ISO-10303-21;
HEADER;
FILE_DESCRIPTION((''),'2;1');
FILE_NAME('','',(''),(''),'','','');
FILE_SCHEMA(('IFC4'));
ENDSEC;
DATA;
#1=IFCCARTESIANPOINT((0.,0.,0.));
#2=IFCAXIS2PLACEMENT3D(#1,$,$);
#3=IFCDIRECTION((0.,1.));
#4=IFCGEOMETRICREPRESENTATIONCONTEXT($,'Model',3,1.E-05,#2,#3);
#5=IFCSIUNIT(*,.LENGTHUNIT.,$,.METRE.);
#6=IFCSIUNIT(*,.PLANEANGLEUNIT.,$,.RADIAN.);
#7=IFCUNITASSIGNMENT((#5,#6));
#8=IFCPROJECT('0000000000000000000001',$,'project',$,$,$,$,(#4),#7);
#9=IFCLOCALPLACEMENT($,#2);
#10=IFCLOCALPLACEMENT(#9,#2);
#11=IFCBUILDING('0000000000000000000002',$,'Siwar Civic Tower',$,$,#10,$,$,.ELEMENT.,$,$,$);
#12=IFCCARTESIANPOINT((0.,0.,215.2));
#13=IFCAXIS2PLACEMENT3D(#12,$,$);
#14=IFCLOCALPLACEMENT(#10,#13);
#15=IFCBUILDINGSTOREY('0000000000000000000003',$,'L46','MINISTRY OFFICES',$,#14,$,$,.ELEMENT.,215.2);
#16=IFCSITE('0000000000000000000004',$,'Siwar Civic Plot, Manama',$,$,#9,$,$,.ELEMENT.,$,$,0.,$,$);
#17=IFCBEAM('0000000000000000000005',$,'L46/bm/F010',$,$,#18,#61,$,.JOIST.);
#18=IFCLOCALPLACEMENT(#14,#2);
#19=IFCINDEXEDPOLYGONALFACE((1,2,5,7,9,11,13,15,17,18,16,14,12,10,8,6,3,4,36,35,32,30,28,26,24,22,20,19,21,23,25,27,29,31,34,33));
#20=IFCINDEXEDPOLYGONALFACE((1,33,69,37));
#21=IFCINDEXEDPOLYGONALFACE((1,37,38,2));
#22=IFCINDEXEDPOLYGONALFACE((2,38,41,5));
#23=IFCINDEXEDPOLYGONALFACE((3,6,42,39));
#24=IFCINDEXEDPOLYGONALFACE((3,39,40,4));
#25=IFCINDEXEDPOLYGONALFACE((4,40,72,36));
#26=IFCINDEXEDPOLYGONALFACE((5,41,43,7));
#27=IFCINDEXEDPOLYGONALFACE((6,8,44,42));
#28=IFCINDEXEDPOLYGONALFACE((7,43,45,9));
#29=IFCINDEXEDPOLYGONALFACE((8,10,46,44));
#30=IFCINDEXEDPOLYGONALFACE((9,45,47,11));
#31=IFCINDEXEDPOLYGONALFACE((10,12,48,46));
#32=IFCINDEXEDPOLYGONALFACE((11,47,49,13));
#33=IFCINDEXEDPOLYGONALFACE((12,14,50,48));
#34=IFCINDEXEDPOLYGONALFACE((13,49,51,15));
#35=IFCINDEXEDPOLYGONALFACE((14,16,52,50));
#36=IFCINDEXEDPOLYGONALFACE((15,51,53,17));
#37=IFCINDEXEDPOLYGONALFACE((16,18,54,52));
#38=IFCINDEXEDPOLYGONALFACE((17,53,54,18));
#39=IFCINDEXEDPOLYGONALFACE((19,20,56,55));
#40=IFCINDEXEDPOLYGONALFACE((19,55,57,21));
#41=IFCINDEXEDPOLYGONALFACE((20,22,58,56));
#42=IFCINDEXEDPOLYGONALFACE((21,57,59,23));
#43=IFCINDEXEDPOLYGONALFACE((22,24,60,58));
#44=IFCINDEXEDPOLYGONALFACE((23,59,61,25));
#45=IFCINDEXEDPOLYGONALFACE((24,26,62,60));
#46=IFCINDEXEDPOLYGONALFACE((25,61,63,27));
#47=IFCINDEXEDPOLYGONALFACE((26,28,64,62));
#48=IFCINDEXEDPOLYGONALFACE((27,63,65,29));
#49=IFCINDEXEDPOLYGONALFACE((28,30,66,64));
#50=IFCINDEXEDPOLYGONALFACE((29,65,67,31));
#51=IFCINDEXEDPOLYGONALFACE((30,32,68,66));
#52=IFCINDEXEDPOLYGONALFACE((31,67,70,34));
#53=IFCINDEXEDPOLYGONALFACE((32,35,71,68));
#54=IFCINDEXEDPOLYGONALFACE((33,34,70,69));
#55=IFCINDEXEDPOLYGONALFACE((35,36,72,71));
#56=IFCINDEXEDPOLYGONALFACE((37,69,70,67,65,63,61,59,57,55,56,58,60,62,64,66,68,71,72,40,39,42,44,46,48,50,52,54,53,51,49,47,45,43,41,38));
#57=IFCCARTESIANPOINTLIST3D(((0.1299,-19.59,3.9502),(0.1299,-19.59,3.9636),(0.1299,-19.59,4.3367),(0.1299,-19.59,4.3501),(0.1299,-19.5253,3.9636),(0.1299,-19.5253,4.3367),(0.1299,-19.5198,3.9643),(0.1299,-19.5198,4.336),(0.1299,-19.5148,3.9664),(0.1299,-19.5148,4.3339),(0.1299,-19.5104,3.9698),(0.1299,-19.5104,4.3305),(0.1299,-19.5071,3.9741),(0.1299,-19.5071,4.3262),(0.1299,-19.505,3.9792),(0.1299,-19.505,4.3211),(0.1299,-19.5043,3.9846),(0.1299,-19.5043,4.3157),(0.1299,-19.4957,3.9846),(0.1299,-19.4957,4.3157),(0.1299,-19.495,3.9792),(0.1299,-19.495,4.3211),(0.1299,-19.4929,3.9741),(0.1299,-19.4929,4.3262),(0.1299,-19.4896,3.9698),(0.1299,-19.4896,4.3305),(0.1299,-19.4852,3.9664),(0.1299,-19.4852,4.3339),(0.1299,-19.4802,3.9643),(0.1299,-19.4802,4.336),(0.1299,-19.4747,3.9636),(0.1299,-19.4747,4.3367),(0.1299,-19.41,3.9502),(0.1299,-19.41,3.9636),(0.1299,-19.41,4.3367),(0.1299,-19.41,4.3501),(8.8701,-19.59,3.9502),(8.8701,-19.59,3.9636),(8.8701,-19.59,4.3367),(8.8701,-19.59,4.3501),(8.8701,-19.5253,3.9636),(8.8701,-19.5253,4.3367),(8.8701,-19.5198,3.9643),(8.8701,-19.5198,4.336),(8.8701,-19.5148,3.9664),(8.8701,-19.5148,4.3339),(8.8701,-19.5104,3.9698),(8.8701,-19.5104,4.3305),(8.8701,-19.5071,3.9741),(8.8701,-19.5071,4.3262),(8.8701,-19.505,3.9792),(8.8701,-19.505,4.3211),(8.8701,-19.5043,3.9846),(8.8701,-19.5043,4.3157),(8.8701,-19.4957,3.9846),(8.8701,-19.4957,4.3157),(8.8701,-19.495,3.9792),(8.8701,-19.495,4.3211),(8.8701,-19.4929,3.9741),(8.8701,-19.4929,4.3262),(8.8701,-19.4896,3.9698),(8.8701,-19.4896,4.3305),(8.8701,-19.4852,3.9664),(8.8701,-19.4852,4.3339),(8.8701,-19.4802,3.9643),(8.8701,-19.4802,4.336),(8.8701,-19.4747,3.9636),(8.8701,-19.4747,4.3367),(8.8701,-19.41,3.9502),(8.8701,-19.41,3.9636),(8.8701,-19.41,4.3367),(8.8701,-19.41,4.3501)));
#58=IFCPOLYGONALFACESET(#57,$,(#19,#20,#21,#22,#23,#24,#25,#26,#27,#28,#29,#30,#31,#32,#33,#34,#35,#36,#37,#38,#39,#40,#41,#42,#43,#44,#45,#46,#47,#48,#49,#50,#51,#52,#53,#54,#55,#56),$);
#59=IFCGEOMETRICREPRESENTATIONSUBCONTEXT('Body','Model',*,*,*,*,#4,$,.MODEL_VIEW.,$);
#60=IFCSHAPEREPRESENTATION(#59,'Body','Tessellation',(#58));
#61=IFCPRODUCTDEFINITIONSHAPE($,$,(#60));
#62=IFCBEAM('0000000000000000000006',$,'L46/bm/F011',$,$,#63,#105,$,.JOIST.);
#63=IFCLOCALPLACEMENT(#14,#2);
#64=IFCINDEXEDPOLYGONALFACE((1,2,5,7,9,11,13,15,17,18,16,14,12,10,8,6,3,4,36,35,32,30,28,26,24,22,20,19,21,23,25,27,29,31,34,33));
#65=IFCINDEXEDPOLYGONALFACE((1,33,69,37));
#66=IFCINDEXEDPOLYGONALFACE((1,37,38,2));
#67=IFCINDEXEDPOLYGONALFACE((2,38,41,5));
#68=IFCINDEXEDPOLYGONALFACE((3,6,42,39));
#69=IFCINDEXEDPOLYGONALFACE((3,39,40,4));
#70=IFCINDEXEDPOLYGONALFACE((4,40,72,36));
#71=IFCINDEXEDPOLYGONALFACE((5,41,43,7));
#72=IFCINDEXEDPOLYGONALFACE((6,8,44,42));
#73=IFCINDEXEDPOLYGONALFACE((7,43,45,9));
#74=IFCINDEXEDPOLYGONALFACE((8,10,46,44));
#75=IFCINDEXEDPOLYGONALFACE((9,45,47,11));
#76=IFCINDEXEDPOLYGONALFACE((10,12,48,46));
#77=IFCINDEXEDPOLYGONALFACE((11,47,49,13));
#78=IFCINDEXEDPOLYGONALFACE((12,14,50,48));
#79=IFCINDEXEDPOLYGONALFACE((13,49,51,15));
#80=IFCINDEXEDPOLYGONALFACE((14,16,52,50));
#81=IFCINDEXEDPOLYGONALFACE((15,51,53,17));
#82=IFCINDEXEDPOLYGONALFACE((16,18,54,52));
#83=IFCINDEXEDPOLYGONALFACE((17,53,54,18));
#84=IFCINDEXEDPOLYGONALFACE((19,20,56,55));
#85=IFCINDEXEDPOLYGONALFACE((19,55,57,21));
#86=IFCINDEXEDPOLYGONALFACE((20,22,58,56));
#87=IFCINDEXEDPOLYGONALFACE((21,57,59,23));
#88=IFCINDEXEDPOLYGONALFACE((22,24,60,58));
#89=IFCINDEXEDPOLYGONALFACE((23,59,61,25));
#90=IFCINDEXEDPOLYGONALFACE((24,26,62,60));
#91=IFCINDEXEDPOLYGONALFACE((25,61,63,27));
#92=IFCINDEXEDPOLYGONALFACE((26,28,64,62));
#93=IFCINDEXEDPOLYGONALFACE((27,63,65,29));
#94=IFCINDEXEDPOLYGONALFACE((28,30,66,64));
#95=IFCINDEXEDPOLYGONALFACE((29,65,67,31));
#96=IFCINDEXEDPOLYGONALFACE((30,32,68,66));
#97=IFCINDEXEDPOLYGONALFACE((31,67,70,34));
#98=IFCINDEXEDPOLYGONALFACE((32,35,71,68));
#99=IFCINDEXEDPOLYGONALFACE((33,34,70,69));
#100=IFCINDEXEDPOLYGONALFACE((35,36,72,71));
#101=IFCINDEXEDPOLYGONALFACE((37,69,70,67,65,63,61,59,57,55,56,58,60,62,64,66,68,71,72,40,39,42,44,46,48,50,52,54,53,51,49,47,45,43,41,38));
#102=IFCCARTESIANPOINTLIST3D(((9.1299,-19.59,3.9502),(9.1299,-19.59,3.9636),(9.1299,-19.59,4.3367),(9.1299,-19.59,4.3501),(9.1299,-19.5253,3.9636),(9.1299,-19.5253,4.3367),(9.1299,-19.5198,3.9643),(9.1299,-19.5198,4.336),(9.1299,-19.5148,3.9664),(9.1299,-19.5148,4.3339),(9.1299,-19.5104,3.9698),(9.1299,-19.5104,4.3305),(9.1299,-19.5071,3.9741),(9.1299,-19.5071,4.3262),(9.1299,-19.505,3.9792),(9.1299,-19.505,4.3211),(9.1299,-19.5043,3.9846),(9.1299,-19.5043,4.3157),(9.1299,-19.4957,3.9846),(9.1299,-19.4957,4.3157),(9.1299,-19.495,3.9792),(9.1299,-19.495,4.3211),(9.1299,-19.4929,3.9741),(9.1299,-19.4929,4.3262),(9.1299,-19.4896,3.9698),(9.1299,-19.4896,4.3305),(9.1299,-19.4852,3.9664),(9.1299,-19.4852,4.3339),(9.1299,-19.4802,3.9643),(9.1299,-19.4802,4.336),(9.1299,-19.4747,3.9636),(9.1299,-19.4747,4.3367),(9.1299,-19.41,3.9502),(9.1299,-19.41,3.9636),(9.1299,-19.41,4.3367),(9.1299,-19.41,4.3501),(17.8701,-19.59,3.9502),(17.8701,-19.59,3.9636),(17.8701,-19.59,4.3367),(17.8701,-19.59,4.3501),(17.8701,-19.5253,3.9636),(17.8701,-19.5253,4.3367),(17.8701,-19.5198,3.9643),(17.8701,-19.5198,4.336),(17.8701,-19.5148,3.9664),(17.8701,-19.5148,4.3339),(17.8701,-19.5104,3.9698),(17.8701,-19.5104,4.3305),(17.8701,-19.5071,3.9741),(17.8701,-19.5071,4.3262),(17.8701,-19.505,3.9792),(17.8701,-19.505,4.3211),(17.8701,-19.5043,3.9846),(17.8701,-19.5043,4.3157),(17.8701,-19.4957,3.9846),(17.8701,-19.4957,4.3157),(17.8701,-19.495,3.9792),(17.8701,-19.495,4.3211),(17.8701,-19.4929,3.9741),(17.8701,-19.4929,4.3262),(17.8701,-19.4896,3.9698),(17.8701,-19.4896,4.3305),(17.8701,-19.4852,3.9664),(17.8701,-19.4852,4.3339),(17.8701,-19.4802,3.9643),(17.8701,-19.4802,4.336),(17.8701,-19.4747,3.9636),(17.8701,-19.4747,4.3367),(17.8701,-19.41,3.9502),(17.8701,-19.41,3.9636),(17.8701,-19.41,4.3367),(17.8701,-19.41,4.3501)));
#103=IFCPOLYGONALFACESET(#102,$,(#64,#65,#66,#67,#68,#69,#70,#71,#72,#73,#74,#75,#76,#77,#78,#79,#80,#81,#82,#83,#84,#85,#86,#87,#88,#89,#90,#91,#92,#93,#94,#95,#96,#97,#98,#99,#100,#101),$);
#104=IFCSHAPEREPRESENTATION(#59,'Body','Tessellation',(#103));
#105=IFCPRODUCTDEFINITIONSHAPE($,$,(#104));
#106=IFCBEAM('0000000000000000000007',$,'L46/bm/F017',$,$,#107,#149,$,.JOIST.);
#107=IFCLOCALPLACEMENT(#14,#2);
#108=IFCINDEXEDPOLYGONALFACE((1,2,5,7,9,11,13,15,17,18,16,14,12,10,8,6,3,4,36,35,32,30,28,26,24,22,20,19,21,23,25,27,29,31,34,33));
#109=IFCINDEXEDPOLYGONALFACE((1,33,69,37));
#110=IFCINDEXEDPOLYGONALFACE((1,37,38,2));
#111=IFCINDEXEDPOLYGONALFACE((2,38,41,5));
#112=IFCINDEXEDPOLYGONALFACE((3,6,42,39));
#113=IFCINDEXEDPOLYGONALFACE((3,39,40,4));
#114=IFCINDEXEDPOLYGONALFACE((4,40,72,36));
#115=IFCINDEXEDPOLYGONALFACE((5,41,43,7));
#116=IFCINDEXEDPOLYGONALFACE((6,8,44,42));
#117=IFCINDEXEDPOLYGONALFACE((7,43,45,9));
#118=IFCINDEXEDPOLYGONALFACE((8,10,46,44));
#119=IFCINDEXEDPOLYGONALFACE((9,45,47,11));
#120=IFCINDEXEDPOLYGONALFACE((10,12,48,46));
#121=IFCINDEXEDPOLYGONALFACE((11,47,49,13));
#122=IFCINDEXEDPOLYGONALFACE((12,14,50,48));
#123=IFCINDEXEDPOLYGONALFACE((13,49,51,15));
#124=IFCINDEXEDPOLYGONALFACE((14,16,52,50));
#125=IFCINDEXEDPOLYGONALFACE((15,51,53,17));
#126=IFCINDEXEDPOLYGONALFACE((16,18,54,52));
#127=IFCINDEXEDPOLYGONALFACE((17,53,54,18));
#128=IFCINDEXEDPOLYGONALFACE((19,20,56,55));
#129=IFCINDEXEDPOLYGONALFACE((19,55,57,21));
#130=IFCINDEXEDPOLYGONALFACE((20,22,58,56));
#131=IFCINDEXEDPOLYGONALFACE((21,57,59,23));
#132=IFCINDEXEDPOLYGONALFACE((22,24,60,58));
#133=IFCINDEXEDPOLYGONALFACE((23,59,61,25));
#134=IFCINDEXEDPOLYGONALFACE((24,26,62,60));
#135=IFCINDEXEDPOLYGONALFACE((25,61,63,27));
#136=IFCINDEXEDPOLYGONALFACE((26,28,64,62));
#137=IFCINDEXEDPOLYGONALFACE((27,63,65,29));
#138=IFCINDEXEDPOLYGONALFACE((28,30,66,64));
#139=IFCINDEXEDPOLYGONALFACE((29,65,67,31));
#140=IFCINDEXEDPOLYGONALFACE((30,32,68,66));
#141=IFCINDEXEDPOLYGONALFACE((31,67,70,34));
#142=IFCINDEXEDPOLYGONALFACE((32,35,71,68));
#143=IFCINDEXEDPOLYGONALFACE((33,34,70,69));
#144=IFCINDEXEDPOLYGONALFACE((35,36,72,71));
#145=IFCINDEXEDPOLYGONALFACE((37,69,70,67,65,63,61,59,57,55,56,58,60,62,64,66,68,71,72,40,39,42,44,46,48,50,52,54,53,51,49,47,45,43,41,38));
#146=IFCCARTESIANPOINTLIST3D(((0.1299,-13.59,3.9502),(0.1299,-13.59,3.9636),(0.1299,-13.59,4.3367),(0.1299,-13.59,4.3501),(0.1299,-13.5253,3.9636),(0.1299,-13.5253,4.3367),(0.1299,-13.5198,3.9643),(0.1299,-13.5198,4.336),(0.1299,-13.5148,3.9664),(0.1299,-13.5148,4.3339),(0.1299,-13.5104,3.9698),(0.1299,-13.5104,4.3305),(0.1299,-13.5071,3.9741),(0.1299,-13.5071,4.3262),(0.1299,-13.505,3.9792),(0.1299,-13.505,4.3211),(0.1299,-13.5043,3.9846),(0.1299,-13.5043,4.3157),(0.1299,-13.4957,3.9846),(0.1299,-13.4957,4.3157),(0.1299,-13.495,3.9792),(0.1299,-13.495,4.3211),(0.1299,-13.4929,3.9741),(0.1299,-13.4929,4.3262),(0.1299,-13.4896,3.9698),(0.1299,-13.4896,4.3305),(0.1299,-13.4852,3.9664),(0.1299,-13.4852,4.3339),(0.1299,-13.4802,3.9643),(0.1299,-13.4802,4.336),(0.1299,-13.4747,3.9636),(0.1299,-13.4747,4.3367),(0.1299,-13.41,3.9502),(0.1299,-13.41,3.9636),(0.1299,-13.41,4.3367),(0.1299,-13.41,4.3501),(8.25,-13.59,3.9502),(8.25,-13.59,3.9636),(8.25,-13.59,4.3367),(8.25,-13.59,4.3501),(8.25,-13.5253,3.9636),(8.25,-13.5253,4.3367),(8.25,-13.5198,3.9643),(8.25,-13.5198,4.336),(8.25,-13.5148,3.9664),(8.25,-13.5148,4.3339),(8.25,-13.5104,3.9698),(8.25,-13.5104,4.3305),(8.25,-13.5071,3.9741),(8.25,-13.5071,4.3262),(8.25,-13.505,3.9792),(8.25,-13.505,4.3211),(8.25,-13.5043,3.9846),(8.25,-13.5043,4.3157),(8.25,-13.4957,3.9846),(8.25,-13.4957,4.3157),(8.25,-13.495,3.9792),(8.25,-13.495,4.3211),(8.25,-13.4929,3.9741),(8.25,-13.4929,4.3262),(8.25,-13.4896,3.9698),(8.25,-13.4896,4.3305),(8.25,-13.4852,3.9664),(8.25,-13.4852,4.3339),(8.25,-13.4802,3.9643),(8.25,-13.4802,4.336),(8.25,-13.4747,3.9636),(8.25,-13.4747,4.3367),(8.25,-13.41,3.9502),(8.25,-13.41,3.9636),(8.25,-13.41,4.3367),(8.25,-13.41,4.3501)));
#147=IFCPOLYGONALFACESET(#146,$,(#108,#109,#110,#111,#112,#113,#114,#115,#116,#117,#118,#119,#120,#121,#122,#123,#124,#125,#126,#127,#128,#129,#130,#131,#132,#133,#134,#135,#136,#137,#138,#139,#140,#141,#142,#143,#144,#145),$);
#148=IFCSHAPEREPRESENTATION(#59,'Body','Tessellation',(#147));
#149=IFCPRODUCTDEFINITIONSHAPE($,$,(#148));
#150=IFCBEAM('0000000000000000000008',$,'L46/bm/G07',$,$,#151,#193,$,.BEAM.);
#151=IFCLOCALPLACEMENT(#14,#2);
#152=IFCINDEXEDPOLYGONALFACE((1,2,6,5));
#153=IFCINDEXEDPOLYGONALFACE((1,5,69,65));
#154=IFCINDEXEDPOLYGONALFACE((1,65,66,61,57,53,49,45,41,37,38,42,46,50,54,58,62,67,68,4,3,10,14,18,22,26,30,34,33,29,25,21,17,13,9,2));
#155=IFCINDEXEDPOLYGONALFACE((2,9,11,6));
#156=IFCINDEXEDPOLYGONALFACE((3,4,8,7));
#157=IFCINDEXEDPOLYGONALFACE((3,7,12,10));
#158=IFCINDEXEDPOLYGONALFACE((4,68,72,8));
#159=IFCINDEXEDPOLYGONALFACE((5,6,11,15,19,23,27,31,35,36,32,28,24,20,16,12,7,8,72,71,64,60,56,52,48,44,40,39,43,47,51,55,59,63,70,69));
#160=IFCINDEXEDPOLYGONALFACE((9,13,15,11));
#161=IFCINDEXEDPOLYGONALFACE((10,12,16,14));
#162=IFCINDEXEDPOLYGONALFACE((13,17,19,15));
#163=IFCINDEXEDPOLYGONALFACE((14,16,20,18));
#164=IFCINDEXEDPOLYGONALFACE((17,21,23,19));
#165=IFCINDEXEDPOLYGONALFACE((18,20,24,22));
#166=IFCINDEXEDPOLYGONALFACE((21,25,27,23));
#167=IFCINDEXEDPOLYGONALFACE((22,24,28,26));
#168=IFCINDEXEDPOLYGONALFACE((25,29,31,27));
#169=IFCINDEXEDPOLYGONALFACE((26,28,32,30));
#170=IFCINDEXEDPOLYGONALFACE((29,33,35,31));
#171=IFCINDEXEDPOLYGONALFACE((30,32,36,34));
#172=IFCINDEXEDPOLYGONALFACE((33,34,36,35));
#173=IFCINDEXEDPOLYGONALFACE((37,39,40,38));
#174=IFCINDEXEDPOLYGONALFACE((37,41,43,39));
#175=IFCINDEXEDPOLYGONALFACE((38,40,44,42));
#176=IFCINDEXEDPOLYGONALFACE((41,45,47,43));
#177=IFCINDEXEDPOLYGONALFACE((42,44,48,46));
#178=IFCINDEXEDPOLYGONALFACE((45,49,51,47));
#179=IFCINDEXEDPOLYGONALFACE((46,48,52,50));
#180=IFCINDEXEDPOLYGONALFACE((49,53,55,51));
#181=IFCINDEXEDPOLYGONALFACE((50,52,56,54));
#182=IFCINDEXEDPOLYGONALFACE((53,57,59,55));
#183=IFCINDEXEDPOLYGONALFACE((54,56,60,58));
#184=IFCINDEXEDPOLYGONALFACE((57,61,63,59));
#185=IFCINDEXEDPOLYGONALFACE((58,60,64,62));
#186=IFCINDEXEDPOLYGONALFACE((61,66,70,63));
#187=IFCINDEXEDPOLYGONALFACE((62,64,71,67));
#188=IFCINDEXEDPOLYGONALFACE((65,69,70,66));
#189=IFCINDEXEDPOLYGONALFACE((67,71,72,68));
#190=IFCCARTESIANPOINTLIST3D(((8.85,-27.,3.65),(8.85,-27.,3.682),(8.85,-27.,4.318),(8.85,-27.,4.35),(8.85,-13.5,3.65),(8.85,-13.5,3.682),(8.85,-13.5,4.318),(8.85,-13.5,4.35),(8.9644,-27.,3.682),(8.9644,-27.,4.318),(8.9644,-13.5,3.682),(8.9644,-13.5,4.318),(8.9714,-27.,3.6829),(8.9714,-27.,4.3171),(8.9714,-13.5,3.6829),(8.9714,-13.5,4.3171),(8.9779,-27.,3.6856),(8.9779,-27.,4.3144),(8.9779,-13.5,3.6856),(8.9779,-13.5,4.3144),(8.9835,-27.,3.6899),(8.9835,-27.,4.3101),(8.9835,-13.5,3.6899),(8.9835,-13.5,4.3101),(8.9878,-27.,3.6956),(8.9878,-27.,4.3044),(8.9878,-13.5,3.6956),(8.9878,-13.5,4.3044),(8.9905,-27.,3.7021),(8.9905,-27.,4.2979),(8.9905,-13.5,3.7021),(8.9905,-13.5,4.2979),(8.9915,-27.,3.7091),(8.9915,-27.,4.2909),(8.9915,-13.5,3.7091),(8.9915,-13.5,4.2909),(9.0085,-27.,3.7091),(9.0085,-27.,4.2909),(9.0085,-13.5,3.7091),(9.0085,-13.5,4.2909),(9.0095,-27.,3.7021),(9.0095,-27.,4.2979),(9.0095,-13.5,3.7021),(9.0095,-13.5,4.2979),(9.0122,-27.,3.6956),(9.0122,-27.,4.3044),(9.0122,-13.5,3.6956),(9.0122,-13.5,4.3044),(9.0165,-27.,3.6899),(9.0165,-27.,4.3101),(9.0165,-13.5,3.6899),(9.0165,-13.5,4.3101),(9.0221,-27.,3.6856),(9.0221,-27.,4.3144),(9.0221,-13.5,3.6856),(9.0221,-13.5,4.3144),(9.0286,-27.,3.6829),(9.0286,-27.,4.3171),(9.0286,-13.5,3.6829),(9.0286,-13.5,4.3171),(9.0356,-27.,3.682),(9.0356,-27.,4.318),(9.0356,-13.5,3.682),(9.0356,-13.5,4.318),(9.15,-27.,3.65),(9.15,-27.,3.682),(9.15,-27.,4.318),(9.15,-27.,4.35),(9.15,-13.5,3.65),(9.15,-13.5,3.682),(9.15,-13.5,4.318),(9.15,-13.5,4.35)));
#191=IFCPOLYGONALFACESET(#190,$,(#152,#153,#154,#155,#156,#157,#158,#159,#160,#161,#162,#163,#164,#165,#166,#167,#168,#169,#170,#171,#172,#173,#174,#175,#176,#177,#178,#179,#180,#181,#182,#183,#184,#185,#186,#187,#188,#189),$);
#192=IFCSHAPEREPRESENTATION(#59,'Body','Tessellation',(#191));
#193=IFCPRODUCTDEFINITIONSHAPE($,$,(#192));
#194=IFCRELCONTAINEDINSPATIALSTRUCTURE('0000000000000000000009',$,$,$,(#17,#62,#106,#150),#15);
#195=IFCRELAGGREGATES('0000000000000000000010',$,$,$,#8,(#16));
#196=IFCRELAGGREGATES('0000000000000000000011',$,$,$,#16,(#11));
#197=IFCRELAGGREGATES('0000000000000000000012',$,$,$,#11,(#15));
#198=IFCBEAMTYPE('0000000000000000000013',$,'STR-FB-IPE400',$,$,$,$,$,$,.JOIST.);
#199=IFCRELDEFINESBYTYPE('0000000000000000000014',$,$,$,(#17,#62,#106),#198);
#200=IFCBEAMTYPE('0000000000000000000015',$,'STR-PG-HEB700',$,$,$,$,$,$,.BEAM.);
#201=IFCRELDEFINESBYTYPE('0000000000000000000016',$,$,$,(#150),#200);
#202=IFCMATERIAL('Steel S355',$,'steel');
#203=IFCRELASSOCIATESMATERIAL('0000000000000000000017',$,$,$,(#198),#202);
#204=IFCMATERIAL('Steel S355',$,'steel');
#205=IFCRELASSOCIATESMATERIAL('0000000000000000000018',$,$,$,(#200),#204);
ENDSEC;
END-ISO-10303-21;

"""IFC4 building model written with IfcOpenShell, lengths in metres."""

from ifc_helpers import new_model, si_unit, direction, frame, origin, origin_2d, place, context, subcontext, project, spatial, i_section, extrude, material, material_profile, profile_set, type_object, element, save


model = new_model("IFC4")

# Units and contexts
model_context = context("Model", 3, precision=1e-05, world=origin(), true_north=direction((0.0, 1.0)))
body_context = subcontext(model_context, "Body", "Model", "MODEL_VIEW")
ifc_project = project(units=[si_unit("LENGTHUNIT", "METRE"), si_unit("PLANEANGLEUNIT", "RADIAN")], contexts=[model_context])

# Site, building, storey
site_placement = place(None, origin())
site = spatial("IfcSite", under=ifc_project, at=site_placement, Name="Siwar Civic Plot, Manama", CompositionType="ELEMENT", RefElevation=0.0)
building_placement = place(site_placement, origin())
building = spatial("IfcBuilding", under=site, at=building_placement, Name="Siwar Civic Tower", CompositionType="ELEMENT")
storey_placement = place(building_placement, frame((0.0, 0.0, 215.2)))
storey = spatial("IfcBuildingStorey", under=building, at=storey_placement, Name="L46", Description="MINISTRY OFFICES", CompositionType="ELEMENT", Elevation=215.2)

# Beams
ifc_material_1 = material(Name="Steel S355", Category="steel")
ifc_material_profile_1 = material_profile(ifc_material_1, i_section(OverallWidth=0.1799, OverallDepth=0.3999, WebThickness=0.0085, FlangeThickness=0.0134, FilletRadius=0.021, at=origin_2d()), Name="IPE400")
ifc_profile_set_1 = profile_set([ifc_material_profile_1], Name="Steel S355")
beam_type_1 = type_object("IfcBeamType", Name="STR-FB-IPE400", PredefinedType="JOIST", material=ifc_profile_set_1)
for number, where, z_axis, x_axis, name in (
    (1, (0.1299, -19.5, 4.1501), (1.0, 0.0, 0.0), (0.0, 1.0, 0.0), "L46/bm/F010"),
    (2, (9.1299, -19.5, 4.1501), (1.0, 0.0, 0.0), (0.0, 1.0, 0.0), "L46/bm/F011"),
):
    element("IfcBeam", number, at=place(storey_placement, frame(where, z_axis=z_axis, x_axis=x_axis)), inside=storey, type_object=beam_type_1, Name=name, PredefinedType="JOIST", context=body_context, shape_type="SweptSolid", body=[
        extrude(i_section(OverallWidth=0.1799, OverallDepth=0.3999, WebThickness=0.0085, FlangeThickness=0.0134, FilletRadius=0.021, at=origin_2d()), origin(), (0.0, 0.0, 1.0), 8.7402),
    ])
beam_1_placement = place(storey_placement, frame((0.1299, -13.5, 4.1501), z_axis=(1.0, 0.0, 0.0), x_axis=(0.0, 1.0, 0.0)))
element("IfcBeam", 3, at=beam_1_placement, inside=storey, type_object=beam_type_1, Name="L46/bm/F017", PredefinedType="JOIST", context=body_context, shape_type="SweptSolid", body=[
    extrude(i_section(OverallWidth=0.1799, OverallDepth=0.3999, WebThickness=0.0085, FlangeThickness=0.0134, FilletRadius=0.021, at=origin_2d()), origin(), (0.0, 0.0, 1.0), 8.1201),
])
ifc_material_2 = material(Name="Steel S355", Category="steel")
ifc_material_profile_2 = material_profile(ifc_material_2, i_section(OverallWidth=0.3, OverallDepth=0.7, WebThickness=0.0171, FlangeThickness=0.032, FilletRadius=0.0271, at=origin_2d()), Name="HEB700")
ifc_profile_set_2 = profile_set([ifc_material_profile_2], Name="Steel S355")
beam_type_2 = type_object("IfcBeamType", Name="STR-PG-HEB700", PredefinedType="BEAM", material=ifc_profile_set_2)
beam_2_placement = place(storey_placement, frame((9.0, -27.0, 4.0), z_axis=(0.0, 1.0, 0.0), x_axis=(-1.0, 0.0, 0.0)))
element("IfcBeam", 4, at=beam_2_placement, inside=storey, type_object=beam_type_2, Name="L46/bm/G07", PredefinedType="BEAM", context=body_context, shape_type="SweptSolid", body=[
    extrude(i_section(OverallWidth=0.3, OverallDepth=0.7, WebThickness=0.0171, FlangeThickness=0.032, FilletRadius=0.0271, at=origin_2d()), origin(), (0.0, 0.0, 1.0), 13.5),
])

save(model, "model.ifc")
